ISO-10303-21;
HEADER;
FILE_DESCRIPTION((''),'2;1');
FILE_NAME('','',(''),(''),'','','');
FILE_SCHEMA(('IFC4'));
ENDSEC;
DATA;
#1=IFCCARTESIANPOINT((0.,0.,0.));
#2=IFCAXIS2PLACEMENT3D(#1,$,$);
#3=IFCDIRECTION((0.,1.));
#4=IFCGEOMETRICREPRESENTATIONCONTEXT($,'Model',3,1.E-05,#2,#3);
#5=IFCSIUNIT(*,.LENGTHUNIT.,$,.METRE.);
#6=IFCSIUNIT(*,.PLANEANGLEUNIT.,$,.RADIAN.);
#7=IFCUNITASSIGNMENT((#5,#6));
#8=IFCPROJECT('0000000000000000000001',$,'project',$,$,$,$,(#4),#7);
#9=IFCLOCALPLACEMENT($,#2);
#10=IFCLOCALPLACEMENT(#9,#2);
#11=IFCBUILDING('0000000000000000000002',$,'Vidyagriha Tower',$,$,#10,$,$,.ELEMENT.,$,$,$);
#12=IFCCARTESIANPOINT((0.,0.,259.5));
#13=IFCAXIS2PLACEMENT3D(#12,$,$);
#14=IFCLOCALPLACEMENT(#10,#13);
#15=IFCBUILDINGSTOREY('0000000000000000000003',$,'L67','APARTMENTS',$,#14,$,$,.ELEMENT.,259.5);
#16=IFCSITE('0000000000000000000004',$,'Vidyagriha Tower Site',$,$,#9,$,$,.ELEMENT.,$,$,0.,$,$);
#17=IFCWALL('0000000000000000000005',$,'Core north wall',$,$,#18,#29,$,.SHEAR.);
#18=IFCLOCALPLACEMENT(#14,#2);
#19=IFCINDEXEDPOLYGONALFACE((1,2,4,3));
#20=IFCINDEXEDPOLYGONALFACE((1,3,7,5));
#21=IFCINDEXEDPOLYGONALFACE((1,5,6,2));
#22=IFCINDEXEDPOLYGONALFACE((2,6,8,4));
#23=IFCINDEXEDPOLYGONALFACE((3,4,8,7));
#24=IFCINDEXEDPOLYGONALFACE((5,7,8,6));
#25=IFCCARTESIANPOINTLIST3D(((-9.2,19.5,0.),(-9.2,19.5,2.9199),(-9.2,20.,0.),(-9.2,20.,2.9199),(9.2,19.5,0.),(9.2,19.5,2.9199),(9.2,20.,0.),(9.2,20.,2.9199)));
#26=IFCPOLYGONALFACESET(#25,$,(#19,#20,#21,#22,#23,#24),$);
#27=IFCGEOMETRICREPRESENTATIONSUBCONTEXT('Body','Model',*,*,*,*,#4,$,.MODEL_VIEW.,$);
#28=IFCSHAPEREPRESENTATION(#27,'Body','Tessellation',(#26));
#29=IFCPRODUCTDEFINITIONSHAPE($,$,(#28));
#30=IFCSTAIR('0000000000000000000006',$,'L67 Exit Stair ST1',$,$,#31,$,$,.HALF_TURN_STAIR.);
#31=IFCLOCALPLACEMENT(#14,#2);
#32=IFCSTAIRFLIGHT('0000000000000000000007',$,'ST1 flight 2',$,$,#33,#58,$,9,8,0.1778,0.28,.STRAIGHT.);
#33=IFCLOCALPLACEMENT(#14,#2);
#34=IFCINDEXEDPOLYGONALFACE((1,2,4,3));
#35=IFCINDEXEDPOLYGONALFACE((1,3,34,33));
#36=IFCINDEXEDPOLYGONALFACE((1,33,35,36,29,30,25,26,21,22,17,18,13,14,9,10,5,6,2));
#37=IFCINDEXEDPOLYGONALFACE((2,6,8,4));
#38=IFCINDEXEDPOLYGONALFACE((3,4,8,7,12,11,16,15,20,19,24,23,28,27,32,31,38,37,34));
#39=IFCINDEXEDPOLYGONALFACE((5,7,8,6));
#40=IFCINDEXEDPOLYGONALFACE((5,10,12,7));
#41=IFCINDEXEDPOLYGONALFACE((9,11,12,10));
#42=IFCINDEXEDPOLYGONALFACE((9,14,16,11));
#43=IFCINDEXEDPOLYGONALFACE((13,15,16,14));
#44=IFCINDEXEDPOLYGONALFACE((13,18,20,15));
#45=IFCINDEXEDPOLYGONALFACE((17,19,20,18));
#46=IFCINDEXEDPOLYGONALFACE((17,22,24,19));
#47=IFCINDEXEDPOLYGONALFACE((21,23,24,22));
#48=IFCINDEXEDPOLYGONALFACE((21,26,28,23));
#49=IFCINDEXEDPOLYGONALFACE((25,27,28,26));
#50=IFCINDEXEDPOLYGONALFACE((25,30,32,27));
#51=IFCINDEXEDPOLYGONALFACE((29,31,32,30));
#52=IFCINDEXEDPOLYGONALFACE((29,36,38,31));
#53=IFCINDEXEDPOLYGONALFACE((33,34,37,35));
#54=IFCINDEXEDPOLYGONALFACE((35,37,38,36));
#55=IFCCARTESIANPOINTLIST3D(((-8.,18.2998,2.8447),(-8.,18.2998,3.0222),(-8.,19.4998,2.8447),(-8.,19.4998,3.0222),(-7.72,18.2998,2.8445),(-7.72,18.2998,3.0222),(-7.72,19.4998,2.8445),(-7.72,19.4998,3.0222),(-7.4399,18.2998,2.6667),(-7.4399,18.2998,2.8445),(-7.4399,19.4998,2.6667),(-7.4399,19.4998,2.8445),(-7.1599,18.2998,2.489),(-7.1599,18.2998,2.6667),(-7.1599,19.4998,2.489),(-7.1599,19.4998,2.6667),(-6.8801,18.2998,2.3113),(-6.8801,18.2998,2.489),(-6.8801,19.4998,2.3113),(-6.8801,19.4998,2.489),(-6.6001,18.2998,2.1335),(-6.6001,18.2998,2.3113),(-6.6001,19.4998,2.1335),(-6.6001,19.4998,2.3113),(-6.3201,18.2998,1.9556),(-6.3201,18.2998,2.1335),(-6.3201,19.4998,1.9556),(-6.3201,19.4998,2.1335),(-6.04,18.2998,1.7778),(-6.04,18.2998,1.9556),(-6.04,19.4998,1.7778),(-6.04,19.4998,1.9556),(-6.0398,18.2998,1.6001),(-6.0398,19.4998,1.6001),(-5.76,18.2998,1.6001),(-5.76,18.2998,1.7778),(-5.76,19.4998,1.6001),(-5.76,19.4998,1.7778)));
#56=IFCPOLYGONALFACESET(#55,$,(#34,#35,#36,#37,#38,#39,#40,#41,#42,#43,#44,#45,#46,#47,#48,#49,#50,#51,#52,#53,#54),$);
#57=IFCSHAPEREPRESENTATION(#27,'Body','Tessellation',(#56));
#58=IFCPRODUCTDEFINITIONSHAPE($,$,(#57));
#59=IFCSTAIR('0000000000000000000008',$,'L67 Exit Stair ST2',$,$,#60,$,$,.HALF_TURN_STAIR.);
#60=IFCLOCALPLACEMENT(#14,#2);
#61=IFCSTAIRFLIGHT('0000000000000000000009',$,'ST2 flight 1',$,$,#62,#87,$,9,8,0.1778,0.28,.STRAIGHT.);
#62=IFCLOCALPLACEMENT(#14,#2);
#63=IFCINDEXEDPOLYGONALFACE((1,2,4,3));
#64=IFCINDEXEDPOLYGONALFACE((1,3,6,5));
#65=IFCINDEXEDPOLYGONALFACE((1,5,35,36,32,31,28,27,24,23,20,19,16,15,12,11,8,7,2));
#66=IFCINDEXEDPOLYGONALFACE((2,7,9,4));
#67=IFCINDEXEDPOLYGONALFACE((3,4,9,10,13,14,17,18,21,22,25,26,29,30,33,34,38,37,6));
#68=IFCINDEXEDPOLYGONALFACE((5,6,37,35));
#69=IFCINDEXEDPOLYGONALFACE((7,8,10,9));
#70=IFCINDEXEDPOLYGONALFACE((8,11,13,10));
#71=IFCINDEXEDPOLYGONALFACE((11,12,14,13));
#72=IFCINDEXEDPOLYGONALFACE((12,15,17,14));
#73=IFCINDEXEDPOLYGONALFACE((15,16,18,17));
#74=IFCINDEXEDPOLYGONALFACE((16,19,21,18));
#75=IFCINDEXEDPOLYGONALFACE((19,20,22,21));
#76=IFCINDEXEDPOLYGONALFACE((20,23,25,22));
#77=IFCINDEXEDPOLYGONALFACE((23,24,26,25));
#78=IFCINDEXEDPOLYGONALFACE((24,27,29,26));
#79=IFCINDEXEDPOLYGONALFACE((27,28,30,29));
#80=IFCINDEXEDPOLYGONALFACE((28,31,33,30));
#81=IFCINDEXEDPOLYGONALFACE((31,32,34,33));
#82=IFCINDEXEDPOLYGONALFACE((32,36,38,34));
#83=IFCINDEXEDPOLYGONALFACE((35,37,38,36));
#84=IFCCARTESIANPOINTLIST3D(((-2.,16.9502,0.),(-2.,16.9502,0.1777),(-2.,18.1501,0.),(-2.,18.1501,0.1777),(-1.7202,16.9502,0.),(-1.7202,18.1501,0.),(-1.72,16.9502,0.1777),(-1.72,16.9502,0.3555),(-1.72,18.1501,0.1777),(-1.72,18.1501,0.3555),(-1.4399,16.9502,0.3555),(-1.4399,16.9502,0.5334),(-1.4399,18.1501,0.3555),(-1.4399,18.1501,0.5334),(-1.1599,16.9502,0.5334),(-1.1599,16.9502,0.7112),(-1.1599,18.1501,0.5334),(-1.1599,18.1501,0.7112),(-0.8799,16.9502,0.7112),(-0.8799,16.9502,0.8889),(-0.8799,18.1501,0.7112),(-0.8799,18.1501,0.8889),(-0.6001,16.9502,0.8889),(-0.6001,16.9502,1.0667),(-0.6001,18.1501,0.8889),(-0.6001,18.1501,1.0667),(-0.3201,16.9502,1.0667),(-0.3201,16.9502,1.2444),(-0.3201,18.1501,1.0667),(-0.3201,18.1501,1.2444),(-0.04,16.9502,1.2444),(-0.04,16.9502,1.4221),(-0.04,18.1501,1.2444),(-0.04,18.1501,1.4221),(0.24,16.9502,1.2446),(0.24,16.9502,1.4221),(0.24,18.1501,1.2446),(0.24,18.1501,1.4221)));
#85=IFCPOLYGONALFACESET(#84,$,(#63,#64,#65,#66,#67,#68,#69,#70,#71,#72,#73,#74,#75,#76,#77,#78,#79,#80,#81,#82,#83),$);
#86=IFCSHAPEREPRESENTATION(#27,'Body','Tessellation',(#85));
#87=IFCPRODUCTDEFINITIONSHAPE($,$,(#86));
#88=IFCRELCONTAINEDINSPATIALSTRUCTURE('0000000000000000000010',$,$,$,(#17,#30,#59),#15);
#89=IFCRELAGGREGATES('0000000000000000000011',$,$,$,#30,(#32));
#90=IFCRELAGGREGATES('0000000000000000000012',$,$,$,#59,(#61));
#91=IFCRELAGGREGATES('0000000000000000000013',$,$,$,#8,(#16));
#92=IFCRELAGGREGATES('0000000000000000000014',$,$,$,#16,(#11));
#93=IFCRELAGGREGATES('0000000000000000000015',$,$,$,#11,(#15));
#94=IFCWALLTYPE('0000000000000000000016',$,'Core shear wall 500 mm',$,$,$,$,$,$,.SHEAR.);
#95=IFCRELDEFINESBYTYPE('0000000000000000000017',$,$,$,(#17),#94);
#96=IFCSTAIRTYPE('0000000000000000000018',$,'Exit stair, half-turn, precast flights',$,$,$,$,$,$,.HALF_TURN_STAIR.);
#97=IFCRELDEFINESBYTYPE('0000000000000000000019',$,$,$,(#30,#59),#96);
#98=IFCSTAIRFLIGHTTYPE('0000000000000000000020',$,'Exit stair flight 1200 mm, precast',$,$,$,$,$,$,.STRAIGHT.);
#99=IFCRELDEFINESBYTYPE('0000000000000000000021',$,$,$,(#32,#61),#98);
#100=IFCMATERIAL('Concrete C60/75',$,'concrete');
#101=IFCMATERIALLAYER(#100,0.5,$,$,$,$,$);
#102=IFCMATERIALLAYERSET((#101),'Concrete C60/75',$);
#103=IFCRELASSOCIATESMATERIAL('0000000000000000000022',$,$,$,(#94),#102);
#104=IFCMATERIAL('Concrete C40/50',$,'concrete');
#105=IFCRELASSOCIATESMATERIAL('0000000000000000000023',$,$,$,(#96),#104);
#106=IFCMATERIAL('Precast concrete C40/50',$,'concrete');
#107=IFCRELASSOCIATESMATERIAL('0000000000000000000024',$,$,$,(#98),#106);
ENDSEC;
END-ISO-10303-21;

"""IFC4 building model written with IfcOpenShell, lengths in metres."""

from ifc_helpers import new_model, si_unit, direction, frame, frame_2d, origin, place, context, subcontext, project, spatial, polyline, rectangle, outline, extrude, material, layer, layer_set, type_object, element, aggregate, save


model = new_model("IFC4")

# Units and contexts
model_context = context("Model", 3, precision=1e-05, world=origin(), true_north=direction((0.0, 1.0)))
body_context = subcontext(model_context, "Body", "Model", "MODEL_VIEW")
ifc_project = project(units=[si_unit("LENGTHUNIT", "METRE"), si_unit("PLANEANGLEUNIT", "RADIAN")], contexts=[model_context])

# Site, building, storey
site_placement = place(None, origin())
site = spatial("IfcSite", under=ifc_project, at=site_placement, Name="Vidyagriha Tower Site", CompositionType="ELEMENT", RefElevation=0.0)
building_placement = place(site_placement, origin())
building = spatial("IfcBuilding", under=site, at=building_placement, Name="Vidyagriha Tower", CompositionType="ELEMENT")
storey_placement = place(building_placement, frame((0.0, 0.0, 259.5)))
storey = spatial("IfcBuildingStorey", under=building, at=storey_placement, Name="L67", Description="APARTMENTS", CompositionType="ELEMENT", Elevation=259.5)

# Wall
ifc_material_1 = material(Name="Concrete C60/75", Category="concrete")
ifc_layer_1 = layer(ifc_material_1, 0.5)
ifc_layer_set_1 = layer_set([ifc_layer_1], Name="Concrete C60/75")
wall_type = type_object("IfcWallType", Name="Core shear wall 500 mm", PredefinedType="SHEAR", material=ifc_layer_set_1)
wall_placement = place(storey_placement, frame((-9.2, 19.75, 0.0)))
element("IfcWall", 1, at=wall_placement, inside=storey, type_object=wall_type, Name="Core north wall", PredefinedType="SHEAR", context=body_context, shape_type="SweptSolid", body=[
    extrude(rectangle(XDim=18.3999, YDim=0.5, at=frame_2d((9.2, 0.0))), origin(), (0.0, 0.0, 1.0), 2.9199),
])

# Stairs, stair flights
ifc_material_2 = material(Name="Concrete C40/50", Category="concrete")
stair_type = type_object("IfcStairType", Name="Exit stair, half-turn, precast flights", PredefinedType="HALF_TURN_STAIR", material=ifc_material_2)
stair_1_placement = place(storey_placement, origin())
stair_1 = element("IfcStair", 2, at=stair_1_placement, inside=storey, type_object=stair_type, Name="L67 Exit Stair ST1", PredefinedType="HALF_TURN_STAIR")
ifc_material_3 = material(Name="Precast concrete C40/50", Category="concrete")
stair_flight_type = type_object("IfcStairFlightType", Name="Exit stair flight 1200 mm, precast", PredefinedType="STRAIGHT", material=ifc_material_3)
stair_flight_1_placement = place(storey_placement, frame((-5.76, 18.8999, 1.6001), z_axis=(0.0, 0.0, 1.0), x_axis=(-1.0, 0.0, 0.0)))
stair_flight_1 = element("IfcStairFlight", 3, at=stair_flight_1_placement, type_object=stair_flight_type, Name="ST1 flight 2", NumberOfRisers=9, NumberOfTreads=8, PredefinedType="STRAIGHT", RiserHeight=0.1778, TreadLength=0.28, context=body_context, shape_type="SweptSolid", body=[
    extrude(outline(polyline([(0.0, 0.0), (0.0, 0.1777), (0.28, 0.1777), (0.28, 0.3555), (0.5601, 0.3555), (0.5601, 0.5334), (0.8401, 0.5334), (0.8401, 0.7112), (1.1201, 0.7112), (1.1201, 0.8889), (1.3999, 0.8889), (1.3999, 1.0667), (1.6799, 1.0667), (1.6799, 1.2444), (1.96, 1.2444), (1.96, 1.4221), (2.24, 1.4221), (2.24, 1.6001), (2.24, 1.2446), (0.2798, 0.0), (0.0, 0.0)])), frame((0.0, 0.6001, 0.0), z_axis=(0.0, -1.0, 0.0), x_axis=(1.0, 0.0, 0.0)), (0.0, 0.0, 1.0), 1.2),
])
aggregate(stair_1, [stair_flight_1])
stair_2_placement = place(storey_placement, origin())
stair_2 = element("IfcStair", 4, at=stair_2_placement, inside=storey, type_object=stair_type, Name="L67 Exit Stair ST2", PredefinedType="HALF_TURN_STAIR")
stair_flight_2_placement = place(storey_placement, frame((-2.0, 17.55, 0.0)))
stair_flight_2 = element("IfcStairFlight", 5, at=stair_flight_2_placement, type_object=stair_flight_type, Name="ST2 flight 1", NumberOfRisers=9, NumberOfTreads=8, PredefinedType="STRAIGHT", RiserHeight=0.1778, TreadLength=0.28, context=body_context, shape_type="SweptSolid", body=[
    extrude(outline(polyline([(0.0, 0.0), (0.0, 0.1777), (0.28, 0.1777), (0.28, 0.3555), (0.5601, 0.3555), (0.5601, 0.5334), (0.8401, 0.5334), (0.8401, 0.7112), (1.1201, 0.7112), (1.1201, 0.8889), (1.3999, 0.8889), (1.3999, 1.0667), (1.6799, 1.0667), (1.6799, 1.2444), (1.96, 1.2444), (1.96, 1.4221), (2.24, 1.4221), (2.24, 1.6001), (2.24, 1.2446), (0.2798, 0.0), (0.0, 0.0)])), frame((0.0, 0.6001, 0.0), z_axis=(0.0, -1.0, 0.0), x_axis=(1.0, 0.0, 0.0)), (0.0, 0.0, 1.0), 1.2),
])
aggregate(stair_2, [stair_flight_2])

save(model, "model.ifc")
